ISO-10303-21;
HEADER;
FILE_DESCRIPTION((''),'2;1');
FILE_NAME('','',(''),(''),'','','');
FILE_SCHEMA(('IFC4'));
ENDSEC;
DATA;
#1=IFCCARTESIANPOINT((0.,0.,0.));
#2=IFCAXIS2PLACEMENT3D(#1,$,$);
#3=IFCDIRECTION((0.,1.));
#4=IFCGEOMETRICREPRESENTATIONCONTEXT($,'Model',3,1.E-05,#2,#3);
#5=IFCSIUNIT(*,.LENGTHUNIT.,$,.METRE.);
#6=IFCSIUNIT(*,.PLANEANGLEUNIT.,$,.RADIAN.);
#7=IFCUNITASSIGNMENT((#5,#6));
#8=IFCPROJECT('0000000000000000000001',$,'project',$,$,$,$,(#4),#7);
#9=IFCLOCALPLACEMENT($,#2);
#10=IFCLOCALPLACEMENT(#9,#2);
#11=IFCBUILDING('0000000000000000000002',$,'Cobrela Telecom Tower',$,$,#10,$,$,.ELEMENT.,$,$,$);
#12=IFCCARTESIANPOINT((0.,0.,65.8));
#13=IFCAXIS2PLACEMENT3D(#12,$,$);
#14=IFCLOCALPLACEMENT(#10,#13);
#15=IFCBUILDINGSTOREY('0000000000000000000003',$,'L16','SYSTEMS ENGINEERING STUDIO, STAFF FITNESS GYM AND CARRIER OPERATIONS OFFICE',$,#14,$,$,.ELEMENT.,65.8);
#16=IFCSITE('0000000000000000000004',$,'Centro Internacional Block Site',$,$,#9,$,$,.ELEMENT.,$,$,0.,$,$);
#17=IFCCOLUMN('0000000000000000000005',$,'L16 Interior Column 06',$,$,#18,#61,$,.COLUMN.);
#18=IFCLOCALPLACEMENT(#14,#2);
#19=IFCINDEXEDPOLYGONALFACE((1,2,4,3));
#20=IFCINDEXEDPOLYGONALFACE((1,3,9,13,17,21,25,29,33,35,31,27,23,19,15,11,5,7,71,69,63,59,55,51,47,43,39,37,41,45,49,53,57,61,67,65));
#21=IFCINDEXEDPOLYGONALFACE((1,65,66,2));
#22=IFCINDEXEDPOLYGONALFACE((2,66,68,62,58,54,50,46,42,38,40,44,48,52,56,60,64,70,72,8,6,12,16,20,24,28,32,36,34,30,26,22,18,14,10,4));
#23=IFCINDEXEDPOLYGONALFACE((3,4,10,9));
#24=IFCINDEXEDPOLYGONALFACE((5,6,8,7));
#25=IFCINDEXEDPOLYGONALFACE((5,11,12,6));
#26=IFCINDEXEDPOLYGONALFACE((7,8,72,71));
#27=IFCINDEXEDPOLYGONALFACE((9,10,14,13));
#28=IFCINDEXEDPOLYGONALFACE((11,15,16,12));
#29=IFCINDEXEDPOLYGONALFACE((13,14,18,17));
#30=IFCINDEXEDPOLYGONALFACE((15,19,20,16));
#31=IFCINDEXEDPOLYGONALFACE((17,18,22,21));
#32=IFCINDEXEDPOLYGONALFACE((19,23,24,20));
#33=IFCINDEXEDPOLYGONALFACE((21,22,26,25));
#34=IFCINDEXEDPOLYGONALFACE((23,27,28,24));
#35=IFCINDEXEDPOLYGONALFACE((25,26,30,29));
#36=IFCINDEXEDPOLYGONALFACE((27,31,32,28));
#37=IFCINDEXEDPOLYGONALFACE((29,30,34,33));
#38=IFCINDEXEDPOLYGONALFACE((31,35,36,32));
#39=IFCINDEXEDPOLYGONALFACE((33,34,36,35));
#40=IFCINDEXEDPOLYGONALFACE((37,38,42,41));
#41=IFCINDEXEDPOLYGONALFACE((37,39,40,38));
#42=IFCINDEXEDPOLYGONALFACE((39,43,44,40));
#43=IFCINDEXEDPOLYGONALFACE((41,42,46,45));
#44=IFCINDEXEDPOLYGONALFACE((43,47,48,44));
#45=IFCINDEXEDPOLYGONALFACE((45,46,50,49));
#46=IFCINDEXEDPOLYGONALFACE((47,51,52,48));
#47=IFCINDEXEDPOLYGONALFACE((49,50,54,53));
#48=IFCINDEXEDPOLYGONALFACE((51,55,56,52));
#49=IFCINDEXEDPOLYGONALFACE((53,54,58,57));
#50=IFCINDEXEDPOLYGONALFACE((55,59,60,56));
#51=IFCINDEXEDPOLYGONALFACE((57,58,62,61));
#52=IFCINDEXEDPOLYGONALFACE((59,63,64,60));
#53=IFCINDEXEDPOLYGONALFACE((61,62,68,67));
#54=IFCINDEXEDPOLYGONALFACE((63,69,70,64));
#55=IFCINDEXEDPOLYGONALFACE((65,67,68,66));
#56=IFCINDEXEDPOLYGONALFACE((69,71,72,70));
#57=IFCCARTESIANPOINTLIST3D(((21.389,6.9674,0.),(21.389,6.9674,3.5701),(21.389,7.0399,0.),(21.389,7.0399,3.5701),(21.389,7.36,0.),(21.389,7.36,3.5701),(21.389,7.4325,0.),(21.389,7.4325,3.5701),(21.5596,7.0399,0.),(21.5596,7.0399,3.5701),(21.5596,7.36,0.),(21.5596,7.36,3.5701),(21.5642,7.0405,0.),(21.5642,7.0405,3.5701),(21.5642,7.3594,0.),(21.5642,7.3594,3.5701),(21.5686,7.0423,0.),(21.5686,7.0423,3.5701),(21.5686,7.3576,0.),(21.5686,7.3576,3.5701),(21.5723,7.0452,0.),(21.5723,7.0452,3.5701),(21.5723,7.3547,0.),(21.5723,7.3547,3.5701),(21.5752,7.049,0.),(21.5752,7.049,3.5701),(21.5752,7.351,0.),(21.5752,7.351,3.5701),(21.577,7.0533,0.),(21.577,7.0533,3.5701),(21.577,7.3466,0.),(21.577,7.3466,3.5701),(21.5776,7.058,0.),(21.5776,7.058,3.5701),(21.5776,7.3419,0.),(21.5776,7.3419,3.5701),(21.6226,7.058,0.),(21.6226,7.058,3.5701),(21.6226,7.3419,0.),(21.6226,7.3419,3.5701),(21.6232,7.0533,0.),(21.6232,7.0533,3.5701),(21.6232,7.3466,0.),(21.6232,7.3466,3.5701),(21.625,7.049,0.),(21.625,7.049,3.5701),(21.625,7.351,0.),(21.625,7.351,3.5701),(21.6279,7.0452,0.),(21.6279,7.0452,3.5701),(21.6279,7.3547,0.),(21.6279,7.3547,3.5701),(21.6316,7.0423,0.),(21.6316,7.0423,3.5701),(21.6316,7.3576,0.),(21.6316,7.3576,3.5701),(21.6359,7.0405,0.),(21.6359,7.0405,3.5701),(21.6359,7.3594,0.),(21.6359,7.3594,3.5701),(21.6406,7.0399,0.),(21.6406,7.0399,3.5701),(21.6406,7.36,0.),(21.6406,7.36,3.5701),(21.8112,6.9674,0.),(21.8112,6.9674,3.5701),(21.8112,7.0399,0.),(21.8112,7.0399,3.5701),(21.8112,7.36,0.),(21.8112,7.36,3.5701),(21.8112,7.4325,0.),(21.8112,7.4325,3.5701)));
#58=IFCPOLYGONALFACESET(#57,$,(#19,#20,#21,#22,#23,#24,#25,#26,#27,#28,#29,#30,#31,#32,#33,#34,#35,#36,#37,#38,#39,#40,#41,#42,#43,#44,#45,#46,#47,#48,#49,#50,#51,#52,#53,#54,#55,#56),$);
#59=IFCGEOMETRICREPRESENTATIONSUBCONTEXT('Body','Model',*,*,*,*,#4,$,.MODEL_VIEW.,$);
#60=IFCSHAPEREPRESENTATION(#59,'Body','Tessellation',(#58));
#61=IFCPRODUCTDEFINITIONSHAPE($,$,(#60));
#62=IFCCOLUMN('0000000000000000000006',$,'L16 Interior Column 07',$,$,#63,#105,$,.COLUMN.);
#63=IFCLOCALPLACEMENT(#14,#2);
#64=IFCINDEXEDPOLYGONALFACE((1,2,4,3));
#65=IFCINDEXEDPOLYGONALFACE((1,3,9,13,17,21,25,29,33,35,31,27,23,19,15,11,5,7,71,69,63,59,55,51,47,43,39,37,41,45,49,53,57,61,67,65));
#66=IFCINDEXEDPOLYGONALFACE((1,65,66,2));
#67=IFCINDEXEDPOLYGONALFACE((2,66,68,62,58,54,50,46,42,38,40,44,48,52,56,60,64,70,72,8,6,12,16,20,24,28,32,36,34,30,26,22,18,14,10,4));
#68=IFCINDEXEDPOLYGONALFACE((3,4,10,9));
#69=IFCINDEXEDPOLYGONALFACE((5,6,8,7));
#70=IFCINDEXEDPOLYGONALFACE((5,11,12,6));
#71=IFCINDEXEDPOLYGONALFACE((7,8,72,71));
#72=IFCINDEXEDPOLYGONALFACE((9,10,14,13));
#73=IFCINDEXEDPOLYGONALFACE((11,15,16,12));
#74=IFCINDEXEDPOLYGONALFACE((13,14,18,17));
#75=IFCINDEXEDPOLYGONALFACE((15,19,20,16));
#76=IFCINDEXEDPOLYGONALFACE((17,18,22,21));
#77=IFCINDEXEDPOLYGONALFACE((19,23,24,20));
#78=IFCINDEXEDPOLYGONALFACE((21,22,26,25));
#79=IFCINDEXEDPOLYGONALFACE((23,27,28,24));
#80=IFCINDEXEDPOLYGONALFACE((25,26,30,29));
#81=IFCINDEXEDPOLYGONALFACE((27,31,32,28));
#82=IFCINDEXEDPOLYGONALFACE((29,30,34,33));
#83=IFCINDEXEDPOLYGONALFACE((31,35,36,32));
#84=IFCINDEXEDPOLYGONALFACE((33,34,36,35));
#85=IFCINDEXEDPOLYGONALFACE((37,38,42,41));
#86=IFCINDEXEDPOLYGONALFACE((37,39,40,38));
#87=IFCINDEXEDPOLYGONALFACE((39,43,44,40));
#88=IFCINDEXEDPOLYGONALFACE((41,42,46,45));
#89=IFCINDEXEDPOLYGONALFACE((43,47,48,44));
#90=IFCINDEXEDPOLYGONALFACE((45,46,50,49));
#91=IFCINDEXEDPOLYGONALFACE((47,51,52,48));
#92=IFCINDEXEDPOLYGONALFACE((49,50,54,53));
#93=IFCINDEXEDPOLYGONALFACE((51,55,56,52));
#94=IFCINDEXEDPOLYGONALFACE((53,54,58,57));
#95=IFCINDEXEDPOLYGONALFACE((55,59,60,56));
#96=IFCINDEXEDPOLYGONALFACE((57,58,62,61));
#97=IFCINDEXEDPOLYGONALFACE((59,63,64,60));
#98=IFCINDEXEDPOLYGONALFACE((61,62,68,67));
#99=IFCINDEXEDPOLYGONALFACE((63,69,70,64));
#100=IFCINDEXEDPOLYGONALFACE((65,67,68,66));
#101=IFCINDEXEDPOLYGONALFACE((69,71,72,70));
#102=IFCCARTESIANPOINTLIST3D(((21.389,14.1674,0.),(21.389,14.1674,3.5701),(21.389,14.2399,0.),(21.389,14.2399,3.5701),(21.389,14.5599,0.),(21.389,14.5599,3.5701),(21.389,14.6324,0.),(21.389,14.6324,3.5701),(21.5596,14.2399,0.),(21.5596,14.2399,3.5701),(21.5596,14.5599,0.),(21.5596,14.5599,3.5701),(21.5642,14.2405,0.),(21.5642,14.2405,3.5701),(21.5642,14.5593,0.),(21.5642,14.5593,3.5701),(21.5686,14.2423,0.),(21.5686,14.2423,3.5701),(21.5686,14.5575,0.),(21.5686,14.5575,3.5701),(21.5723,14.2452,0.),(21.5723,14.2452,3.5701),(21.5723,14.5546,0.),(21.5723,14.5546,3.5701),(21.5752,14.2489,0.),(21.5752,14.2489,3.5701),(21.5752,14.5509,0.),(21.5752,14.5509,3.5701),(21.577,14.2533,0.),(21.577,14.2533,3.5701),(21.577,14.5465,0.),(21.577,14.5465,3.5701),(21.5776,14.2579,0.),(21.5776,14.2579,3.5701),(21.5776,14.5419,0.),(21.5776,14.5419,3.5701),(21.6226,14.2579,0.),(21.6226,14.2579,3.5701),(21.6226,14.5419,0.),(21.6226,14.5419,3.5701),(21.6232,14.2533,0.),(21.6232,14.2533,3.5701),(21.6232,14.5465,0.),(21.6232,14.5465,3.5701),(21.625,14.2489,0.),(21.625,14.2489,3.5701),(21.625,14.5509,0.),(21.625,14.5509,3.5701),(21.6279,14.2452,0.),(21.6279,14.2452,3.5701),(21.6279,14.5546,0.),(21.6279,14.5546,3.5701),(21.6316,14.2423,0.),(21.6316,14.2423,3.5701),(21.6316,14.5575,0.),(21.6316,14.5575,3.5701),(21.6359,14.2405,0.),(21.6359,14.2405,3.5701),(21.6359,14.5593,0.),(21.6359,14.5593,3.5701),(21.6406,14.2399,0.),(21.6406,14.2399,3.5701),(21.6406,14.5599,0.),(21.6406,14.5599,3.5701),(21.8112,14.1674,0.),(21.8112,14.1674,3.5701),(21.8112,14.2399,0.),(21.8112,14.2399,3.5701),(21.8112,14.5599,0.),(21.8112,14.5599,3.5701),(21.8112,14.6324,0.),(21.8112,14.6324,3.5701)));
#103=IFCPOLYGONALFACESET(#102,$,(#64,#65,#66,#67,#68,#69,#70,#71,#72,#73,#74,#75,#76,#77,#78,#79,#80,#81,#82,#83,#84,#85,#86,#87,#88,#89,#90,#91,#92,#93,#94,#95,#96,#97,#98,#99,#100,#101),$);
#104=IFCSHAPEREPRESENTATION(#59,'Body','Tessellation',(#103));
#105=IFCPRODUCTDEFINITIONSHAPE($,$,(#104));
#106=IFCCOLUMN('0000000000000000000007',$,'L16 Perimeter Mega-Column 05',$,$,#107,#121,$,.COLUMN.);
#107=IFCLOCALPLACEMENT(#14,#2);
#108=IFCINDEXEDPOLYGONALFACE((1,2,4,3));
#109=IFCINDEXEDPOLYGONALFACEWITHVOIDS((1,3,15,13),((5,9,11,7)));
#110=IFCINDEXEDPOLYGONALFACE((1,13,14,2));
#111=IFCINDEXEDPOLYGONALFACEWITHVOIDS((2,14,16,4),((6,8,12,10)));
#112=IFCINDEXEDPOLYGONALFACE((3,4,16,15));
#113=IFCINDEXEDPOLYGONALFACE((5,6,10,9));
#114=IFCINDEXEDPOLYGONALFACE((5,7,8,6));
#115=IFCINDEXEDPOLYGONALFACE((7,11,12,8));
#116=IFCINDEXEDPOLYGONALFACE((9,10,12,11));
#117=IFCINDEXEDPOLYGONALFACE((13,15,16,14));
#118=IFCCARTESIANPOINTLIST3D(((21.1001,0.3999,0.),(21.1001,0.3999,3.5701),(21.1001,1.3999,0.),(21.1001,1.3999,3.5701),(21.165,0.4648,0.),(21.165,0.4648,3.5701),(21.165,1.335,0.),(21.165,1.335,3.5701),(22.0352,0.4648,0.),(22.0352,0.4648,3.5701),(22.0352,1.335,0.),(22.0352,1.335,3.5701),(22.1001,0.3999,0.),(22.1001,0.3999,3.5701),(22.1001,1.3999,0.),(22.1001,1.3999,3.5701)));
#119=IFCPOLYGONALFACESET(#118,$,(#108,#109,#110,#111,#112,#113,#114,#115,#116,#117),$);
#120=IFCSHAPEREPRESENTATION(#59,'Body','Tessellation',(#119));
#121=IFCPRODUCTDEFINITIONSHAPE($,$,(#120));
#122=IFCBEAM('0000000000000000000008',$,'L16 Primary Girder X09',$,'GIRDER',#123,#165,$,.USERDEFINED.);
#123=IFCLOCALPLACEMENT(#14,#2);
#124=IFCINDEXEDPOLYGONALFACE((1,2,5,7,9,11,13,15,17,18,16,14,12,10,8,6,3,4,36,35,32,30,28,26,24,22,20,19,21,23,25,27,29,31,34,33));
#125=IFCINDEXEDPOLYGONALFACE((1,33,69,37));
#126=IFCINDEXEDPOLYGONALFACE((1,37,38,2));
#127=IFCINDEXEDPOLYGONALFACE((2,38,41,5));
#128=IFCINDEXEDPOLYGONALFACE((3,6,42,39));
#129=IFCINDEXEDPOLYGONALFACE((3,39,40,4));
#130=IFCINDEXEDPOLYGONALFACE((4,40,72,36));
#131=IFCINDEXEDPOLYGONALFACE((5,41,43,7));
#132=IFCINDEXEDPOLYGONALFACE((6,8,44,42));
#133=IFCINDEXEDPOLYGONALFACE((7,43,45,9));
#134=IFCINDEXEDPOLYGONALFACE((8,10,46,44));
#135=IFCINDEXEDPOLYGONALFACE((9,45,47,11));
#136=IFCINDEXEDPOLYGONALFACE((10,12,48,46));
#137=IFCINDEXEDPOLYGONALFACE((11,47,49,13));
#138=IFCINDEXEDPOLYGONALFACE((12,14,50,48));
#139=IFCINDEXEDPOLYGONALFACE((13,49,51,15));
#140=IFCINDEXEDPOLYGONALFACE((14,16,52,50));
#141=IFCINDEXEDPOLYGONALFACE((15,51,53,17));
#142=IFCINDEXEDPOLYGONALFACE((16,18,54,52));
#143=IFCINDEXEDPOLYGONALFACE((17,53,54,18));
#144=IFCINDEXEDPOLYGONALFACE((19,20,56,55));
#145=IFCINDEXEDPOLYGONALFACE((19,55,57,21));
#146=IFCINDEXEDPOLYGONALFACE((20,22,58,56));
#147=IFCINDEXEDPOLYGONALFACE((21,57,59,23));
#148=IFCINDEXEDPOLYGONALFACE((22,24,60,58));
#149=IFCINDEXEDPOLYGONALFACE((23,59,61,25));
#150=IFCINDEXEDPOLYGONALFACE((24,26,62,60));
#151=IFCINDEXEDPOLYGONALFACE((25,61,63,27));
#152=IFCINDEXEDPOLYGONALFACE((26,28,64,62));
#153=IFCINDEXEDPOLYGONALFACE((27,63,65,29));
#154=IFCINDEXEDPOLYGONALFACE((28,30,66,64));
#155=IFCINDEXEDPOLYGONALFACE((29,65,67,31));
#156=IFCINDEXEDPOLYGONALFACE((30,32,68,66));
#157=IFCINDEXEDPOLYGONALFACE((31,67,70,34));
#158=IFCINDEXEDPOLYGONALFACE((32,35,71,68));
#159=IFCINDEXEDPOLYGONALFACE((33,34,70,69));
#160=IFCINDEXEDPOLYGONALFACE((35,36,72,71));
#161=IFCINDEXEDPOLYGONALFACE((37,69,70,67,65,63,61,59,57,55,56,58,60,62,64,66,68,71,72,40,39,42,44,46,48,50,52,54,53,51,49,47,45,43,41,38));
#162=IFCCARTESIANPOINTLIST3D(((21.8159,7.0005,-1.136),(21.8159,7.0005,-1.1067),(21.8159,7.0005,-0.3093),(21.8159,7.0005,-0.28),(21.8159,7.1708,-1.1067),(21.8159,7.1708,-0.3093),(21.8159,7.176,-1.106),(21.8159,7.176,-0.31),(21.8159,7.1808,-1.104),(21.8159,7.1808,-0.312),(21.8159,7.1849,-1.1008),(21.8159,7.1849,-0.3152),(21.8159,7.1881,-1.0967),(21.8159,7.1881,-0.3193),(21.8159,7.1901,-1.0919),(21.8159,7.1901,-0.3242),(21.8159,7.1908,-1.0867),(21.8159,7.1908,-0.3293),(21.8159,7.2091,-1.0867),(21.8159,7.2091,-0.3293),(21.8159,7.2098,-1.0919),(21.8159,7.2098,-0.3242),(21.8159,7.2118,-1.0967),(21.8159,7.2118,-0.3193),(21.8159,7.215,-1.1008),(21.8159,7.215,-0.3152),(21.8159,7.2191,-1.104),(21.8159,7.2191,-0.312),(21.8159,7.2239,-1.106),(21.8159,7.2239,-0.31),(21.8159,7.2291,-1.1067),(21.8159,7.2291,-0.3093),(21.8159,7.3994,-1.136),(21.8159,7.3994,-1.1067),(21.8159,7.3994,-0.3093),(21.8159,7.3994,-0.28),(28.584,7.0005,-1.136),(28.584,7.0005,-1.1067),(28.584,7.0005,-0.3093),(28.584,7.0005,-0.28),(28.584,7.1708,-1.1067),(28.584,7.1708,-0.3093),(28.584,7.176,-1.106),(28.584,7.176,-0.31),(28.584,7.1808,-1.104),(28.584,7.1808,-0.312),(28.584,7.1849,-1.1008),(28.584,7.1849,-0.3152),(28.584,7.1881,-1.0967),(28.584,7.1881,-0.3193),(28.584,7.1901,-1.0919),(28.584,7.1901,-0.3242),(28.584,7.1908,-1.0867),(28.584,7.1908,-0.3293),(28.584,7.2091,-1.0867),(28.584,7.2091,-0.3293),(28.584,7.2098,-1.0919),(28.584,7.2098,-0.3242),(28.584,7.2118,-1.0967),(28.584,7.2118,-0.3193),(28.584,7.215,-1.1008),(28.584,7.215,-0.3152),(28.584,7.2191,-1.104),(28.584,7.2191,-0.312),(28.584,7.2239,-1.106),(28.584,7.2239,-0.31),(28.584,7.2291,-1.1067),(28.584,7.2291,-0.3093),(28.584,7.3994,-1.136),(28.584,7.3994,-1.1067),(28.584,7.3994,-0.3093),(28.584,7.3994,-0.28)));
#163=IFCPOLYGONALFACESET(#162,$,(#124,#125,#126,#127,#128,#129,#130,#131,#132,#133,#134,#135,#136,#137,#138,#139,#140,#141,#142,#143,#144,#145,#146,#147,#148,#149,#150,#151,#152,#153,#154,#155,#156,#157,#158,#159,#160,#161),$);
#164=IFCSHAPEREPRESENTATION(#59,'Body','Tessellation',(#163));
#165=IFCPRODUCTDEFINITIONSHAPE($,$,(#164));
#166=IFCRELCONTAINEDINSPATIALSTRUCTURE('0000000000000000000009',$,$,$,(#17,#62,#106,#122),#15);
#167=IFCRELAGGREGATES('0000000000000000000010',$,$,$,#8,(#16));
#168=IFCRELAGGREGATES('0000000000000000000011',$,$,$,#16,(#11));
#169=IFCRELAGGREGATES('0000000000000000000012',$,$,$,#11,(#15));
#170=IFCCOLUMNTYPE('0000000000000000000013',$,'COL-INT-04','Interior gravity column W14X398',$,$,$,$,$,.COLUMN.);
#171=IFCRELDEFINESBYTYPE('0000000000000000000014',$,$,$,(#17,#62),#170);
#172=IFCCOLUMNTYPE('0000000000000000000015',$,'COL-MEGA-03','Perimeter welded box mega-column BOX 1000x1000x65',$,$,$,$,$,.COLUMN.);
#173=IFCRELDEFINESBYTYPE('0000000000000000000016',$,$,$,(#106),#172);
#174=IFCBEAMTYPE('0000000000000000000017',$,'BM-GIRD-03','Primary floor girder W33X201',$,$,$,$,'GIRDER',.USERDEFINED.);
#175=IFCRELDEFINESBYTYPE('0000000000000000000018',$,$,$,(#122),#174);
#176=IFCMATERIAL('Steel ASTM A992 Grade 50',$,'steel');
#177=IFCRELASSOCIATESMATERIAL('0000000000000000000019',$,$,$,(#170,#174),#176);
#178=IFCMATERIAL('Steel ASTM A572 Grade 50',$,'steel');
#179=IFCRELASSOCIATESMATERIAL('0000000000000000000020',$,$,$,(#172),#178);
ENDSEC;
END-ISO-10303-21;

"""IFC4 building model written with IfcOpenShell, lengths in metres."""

from ifc_helpers import new_model, si_unit, direction, frame, origin, origin_2d, place, context, subcontext, project, spatial, hollow_rectangle, i_section, extrude, material, material_profile, profile_set, type_object, element, save


model = new_model("IFC4")

# Units and contexts
model_context = context("Model", 3, precision=1e-05, world=origin(), true_north=direction((0.0, 1.0)))
body_context = subcontext(model_context, "Body", "Model", "MODEL_VIEW")
ifc_project = project(units=[si_unit("LENGTHUNIT", "METRE"), si_unit("PLANEANGLEUNIT", "RADIAN")], contexts=[model_context])

# Site, building, storey
site_placement = place(None, origin())
site = spatial("IfcSite", under=ifc_project, at=site_placement, Name="Centro Internacional Block Site", CompositionType="ELEMENT", RefElevation=0.0)
building_placement = place(site_placement, origin())
building = spatial("IfcBuilding", under=site, at=building_placement, Name="Cobrela Telecom Tower", CompositionType="ELEMENT")
storey_placement = place(building_placement, frame((0.0, 0.0, 65.8)))
storey = spatial("IfcBuildingStorey", under=building, at=storey_placement, Name="L16", Description="SYSTEMS ENGINEERING STUDIO, STAFF FITNESS GYM AND CARRIER OPERATIONS OFFICE", CompositionType="ELEMENT", Elevation=65.8)

# Columns
ifc_material_1 = material(Name="Steel ASTM A992 Grade 50", Category="steel")
ifc_material_profile_1 = material_profile(ifc_material_1, i_section(OverallWidth=0.4221, OverallDepth=0.4651, WebThickness=0.0449, FlangeThickness=0.0725, FilletRadius=0.0181, at=origin_2d()), Name="W14X398")
ifc_profile_set_1 = profile_set([ifc_material_profile_1], Name="Steel ASTM A992 Grade 50")
column_type_1 = type_object("IfcColumnType", Name="COL-INT-04", Description="Interior gravity column W14X398", PredefinedType="COLUMN", material=ifc_profile_set_1)
for number, where, z_axis, x_axis, name in (
    (1, (21.6001, 7.2, 0.0), (0.0, 0.0, 1.0), (1.0, 0.0, 0.0), "L16 Interior Column 06"),
    (2, (21.6001, 14.3999, 0.0), (0.0, 0.0, 1.0), (1.0, 0.0, 0.0), "L16 Interior Column 07"),
):
    element("IfcColumn", number, at=place(storey_placement, frame(where, z_axis=z_axis, x_axis=x_axis)), inside=storey, type_object=column_type_1, Name=name, PredefinedType="COLUMN", context=body_context, shape_type="SweptSolid", body=[
        extrude(i_section(OverallWidth=0.4221, OverallDepth=0.4651, WebThickness=0.0449, FlangeThickness=0.0725, FilletRadius=0.0181, at=origin_2d()), origin(), (0.0, 0.0, 1.0), 3.5701),
    ])
ifc_material_2 = material(Name="Steel ASTM A572 Grade 50", Category="steel")
ifc_material_profile_2 = material_profile(ifc_material_2, hollow_rectangle(XDim=1.0, YDim=1.0, WallThickness=0.0649, at=origin_2d()), Name="BOX 1000x1000x65")
ifc_profile_set_2 = profile_set([ifc_material_profile_2], Name="Steel ASTM A572 Grade 50")
column_type_2 = type_object("IfcColumnType", Name="COL-MEGA-03", Description="Perimeter welded box mega-column BOX 1000x1000x65", PredefinedType="COLUMN", material=ifc_profile_set_2)
column_placement = place(storey_placement, frame((21.6001, 0.8999, 0.0), z_axis=(0.0, 0.0, 1.0), x_axis=(1.0, 0.0, 0.0)))
element("IfcColumn", 3, at=column_placement, inside=storey, type_object=column_type_2, Name="L16 Perimeter Mega-Column 05", PredefinedType="COLUMN", context=body_context, shape_type="SweptSolid", body=[
    extrude(hollow_rectangle(XDim=1.0, YDim=1.0, WallThickness=0.0649, at=origin_2d()), origin(), (0.0, 0.0, 1.0), 3.5701),
])

# Beam
ifc_material_profile_3 = material_profile(ifc_material_1, i_section(OverallWidth=0.3989, OverallDepth=0.856, WebThickness=0.0183, FlangeThickness=0.0293, FilletRadius=0.02, at=origin_2d()), Name="W33X201")
ifc_profile_set_3 = profile_set([ifc_material_profile_3], Name="Steel ASTM A992 Grade 50")
beam_type_1 = type_object("IfcBeamType", Name="BM-GIRD-03", Description="Primary floor girder W33X201", ElementType="GIRDER", PredefinedType="USERDEFINED", material=ifc_profile_set_3)
for number, where, z_axis, x_axis, name in (
    (4, (21.8159, 7.2, -0.708), (1.0, 0.0, 0.0), (0.0, 1.0, 0.0), "L16 Primary Girder X09"),
):
    element("IfcBeam", number, at=place(storey_placement, frame(where, z_axis=z_axis, x_axis=x_axis)), inside=storey, type_object=beam_type_1, Name=name, ObjectType="GIRDER", PredefinedType="USERDEFINED", context=body_context, shape_type="SweptSolid", body=[
        extrude(i_section(OverallWidth=0.3989, OverallDepth=0.856, WebThickness=0.0183, FlangeThickness=0.0293, FilletRadius=0.02, at=origin_2d()), origin(), (0.0, 0.0, 1.0), 6.7681),
    ])

save(model, "model.ifc")
